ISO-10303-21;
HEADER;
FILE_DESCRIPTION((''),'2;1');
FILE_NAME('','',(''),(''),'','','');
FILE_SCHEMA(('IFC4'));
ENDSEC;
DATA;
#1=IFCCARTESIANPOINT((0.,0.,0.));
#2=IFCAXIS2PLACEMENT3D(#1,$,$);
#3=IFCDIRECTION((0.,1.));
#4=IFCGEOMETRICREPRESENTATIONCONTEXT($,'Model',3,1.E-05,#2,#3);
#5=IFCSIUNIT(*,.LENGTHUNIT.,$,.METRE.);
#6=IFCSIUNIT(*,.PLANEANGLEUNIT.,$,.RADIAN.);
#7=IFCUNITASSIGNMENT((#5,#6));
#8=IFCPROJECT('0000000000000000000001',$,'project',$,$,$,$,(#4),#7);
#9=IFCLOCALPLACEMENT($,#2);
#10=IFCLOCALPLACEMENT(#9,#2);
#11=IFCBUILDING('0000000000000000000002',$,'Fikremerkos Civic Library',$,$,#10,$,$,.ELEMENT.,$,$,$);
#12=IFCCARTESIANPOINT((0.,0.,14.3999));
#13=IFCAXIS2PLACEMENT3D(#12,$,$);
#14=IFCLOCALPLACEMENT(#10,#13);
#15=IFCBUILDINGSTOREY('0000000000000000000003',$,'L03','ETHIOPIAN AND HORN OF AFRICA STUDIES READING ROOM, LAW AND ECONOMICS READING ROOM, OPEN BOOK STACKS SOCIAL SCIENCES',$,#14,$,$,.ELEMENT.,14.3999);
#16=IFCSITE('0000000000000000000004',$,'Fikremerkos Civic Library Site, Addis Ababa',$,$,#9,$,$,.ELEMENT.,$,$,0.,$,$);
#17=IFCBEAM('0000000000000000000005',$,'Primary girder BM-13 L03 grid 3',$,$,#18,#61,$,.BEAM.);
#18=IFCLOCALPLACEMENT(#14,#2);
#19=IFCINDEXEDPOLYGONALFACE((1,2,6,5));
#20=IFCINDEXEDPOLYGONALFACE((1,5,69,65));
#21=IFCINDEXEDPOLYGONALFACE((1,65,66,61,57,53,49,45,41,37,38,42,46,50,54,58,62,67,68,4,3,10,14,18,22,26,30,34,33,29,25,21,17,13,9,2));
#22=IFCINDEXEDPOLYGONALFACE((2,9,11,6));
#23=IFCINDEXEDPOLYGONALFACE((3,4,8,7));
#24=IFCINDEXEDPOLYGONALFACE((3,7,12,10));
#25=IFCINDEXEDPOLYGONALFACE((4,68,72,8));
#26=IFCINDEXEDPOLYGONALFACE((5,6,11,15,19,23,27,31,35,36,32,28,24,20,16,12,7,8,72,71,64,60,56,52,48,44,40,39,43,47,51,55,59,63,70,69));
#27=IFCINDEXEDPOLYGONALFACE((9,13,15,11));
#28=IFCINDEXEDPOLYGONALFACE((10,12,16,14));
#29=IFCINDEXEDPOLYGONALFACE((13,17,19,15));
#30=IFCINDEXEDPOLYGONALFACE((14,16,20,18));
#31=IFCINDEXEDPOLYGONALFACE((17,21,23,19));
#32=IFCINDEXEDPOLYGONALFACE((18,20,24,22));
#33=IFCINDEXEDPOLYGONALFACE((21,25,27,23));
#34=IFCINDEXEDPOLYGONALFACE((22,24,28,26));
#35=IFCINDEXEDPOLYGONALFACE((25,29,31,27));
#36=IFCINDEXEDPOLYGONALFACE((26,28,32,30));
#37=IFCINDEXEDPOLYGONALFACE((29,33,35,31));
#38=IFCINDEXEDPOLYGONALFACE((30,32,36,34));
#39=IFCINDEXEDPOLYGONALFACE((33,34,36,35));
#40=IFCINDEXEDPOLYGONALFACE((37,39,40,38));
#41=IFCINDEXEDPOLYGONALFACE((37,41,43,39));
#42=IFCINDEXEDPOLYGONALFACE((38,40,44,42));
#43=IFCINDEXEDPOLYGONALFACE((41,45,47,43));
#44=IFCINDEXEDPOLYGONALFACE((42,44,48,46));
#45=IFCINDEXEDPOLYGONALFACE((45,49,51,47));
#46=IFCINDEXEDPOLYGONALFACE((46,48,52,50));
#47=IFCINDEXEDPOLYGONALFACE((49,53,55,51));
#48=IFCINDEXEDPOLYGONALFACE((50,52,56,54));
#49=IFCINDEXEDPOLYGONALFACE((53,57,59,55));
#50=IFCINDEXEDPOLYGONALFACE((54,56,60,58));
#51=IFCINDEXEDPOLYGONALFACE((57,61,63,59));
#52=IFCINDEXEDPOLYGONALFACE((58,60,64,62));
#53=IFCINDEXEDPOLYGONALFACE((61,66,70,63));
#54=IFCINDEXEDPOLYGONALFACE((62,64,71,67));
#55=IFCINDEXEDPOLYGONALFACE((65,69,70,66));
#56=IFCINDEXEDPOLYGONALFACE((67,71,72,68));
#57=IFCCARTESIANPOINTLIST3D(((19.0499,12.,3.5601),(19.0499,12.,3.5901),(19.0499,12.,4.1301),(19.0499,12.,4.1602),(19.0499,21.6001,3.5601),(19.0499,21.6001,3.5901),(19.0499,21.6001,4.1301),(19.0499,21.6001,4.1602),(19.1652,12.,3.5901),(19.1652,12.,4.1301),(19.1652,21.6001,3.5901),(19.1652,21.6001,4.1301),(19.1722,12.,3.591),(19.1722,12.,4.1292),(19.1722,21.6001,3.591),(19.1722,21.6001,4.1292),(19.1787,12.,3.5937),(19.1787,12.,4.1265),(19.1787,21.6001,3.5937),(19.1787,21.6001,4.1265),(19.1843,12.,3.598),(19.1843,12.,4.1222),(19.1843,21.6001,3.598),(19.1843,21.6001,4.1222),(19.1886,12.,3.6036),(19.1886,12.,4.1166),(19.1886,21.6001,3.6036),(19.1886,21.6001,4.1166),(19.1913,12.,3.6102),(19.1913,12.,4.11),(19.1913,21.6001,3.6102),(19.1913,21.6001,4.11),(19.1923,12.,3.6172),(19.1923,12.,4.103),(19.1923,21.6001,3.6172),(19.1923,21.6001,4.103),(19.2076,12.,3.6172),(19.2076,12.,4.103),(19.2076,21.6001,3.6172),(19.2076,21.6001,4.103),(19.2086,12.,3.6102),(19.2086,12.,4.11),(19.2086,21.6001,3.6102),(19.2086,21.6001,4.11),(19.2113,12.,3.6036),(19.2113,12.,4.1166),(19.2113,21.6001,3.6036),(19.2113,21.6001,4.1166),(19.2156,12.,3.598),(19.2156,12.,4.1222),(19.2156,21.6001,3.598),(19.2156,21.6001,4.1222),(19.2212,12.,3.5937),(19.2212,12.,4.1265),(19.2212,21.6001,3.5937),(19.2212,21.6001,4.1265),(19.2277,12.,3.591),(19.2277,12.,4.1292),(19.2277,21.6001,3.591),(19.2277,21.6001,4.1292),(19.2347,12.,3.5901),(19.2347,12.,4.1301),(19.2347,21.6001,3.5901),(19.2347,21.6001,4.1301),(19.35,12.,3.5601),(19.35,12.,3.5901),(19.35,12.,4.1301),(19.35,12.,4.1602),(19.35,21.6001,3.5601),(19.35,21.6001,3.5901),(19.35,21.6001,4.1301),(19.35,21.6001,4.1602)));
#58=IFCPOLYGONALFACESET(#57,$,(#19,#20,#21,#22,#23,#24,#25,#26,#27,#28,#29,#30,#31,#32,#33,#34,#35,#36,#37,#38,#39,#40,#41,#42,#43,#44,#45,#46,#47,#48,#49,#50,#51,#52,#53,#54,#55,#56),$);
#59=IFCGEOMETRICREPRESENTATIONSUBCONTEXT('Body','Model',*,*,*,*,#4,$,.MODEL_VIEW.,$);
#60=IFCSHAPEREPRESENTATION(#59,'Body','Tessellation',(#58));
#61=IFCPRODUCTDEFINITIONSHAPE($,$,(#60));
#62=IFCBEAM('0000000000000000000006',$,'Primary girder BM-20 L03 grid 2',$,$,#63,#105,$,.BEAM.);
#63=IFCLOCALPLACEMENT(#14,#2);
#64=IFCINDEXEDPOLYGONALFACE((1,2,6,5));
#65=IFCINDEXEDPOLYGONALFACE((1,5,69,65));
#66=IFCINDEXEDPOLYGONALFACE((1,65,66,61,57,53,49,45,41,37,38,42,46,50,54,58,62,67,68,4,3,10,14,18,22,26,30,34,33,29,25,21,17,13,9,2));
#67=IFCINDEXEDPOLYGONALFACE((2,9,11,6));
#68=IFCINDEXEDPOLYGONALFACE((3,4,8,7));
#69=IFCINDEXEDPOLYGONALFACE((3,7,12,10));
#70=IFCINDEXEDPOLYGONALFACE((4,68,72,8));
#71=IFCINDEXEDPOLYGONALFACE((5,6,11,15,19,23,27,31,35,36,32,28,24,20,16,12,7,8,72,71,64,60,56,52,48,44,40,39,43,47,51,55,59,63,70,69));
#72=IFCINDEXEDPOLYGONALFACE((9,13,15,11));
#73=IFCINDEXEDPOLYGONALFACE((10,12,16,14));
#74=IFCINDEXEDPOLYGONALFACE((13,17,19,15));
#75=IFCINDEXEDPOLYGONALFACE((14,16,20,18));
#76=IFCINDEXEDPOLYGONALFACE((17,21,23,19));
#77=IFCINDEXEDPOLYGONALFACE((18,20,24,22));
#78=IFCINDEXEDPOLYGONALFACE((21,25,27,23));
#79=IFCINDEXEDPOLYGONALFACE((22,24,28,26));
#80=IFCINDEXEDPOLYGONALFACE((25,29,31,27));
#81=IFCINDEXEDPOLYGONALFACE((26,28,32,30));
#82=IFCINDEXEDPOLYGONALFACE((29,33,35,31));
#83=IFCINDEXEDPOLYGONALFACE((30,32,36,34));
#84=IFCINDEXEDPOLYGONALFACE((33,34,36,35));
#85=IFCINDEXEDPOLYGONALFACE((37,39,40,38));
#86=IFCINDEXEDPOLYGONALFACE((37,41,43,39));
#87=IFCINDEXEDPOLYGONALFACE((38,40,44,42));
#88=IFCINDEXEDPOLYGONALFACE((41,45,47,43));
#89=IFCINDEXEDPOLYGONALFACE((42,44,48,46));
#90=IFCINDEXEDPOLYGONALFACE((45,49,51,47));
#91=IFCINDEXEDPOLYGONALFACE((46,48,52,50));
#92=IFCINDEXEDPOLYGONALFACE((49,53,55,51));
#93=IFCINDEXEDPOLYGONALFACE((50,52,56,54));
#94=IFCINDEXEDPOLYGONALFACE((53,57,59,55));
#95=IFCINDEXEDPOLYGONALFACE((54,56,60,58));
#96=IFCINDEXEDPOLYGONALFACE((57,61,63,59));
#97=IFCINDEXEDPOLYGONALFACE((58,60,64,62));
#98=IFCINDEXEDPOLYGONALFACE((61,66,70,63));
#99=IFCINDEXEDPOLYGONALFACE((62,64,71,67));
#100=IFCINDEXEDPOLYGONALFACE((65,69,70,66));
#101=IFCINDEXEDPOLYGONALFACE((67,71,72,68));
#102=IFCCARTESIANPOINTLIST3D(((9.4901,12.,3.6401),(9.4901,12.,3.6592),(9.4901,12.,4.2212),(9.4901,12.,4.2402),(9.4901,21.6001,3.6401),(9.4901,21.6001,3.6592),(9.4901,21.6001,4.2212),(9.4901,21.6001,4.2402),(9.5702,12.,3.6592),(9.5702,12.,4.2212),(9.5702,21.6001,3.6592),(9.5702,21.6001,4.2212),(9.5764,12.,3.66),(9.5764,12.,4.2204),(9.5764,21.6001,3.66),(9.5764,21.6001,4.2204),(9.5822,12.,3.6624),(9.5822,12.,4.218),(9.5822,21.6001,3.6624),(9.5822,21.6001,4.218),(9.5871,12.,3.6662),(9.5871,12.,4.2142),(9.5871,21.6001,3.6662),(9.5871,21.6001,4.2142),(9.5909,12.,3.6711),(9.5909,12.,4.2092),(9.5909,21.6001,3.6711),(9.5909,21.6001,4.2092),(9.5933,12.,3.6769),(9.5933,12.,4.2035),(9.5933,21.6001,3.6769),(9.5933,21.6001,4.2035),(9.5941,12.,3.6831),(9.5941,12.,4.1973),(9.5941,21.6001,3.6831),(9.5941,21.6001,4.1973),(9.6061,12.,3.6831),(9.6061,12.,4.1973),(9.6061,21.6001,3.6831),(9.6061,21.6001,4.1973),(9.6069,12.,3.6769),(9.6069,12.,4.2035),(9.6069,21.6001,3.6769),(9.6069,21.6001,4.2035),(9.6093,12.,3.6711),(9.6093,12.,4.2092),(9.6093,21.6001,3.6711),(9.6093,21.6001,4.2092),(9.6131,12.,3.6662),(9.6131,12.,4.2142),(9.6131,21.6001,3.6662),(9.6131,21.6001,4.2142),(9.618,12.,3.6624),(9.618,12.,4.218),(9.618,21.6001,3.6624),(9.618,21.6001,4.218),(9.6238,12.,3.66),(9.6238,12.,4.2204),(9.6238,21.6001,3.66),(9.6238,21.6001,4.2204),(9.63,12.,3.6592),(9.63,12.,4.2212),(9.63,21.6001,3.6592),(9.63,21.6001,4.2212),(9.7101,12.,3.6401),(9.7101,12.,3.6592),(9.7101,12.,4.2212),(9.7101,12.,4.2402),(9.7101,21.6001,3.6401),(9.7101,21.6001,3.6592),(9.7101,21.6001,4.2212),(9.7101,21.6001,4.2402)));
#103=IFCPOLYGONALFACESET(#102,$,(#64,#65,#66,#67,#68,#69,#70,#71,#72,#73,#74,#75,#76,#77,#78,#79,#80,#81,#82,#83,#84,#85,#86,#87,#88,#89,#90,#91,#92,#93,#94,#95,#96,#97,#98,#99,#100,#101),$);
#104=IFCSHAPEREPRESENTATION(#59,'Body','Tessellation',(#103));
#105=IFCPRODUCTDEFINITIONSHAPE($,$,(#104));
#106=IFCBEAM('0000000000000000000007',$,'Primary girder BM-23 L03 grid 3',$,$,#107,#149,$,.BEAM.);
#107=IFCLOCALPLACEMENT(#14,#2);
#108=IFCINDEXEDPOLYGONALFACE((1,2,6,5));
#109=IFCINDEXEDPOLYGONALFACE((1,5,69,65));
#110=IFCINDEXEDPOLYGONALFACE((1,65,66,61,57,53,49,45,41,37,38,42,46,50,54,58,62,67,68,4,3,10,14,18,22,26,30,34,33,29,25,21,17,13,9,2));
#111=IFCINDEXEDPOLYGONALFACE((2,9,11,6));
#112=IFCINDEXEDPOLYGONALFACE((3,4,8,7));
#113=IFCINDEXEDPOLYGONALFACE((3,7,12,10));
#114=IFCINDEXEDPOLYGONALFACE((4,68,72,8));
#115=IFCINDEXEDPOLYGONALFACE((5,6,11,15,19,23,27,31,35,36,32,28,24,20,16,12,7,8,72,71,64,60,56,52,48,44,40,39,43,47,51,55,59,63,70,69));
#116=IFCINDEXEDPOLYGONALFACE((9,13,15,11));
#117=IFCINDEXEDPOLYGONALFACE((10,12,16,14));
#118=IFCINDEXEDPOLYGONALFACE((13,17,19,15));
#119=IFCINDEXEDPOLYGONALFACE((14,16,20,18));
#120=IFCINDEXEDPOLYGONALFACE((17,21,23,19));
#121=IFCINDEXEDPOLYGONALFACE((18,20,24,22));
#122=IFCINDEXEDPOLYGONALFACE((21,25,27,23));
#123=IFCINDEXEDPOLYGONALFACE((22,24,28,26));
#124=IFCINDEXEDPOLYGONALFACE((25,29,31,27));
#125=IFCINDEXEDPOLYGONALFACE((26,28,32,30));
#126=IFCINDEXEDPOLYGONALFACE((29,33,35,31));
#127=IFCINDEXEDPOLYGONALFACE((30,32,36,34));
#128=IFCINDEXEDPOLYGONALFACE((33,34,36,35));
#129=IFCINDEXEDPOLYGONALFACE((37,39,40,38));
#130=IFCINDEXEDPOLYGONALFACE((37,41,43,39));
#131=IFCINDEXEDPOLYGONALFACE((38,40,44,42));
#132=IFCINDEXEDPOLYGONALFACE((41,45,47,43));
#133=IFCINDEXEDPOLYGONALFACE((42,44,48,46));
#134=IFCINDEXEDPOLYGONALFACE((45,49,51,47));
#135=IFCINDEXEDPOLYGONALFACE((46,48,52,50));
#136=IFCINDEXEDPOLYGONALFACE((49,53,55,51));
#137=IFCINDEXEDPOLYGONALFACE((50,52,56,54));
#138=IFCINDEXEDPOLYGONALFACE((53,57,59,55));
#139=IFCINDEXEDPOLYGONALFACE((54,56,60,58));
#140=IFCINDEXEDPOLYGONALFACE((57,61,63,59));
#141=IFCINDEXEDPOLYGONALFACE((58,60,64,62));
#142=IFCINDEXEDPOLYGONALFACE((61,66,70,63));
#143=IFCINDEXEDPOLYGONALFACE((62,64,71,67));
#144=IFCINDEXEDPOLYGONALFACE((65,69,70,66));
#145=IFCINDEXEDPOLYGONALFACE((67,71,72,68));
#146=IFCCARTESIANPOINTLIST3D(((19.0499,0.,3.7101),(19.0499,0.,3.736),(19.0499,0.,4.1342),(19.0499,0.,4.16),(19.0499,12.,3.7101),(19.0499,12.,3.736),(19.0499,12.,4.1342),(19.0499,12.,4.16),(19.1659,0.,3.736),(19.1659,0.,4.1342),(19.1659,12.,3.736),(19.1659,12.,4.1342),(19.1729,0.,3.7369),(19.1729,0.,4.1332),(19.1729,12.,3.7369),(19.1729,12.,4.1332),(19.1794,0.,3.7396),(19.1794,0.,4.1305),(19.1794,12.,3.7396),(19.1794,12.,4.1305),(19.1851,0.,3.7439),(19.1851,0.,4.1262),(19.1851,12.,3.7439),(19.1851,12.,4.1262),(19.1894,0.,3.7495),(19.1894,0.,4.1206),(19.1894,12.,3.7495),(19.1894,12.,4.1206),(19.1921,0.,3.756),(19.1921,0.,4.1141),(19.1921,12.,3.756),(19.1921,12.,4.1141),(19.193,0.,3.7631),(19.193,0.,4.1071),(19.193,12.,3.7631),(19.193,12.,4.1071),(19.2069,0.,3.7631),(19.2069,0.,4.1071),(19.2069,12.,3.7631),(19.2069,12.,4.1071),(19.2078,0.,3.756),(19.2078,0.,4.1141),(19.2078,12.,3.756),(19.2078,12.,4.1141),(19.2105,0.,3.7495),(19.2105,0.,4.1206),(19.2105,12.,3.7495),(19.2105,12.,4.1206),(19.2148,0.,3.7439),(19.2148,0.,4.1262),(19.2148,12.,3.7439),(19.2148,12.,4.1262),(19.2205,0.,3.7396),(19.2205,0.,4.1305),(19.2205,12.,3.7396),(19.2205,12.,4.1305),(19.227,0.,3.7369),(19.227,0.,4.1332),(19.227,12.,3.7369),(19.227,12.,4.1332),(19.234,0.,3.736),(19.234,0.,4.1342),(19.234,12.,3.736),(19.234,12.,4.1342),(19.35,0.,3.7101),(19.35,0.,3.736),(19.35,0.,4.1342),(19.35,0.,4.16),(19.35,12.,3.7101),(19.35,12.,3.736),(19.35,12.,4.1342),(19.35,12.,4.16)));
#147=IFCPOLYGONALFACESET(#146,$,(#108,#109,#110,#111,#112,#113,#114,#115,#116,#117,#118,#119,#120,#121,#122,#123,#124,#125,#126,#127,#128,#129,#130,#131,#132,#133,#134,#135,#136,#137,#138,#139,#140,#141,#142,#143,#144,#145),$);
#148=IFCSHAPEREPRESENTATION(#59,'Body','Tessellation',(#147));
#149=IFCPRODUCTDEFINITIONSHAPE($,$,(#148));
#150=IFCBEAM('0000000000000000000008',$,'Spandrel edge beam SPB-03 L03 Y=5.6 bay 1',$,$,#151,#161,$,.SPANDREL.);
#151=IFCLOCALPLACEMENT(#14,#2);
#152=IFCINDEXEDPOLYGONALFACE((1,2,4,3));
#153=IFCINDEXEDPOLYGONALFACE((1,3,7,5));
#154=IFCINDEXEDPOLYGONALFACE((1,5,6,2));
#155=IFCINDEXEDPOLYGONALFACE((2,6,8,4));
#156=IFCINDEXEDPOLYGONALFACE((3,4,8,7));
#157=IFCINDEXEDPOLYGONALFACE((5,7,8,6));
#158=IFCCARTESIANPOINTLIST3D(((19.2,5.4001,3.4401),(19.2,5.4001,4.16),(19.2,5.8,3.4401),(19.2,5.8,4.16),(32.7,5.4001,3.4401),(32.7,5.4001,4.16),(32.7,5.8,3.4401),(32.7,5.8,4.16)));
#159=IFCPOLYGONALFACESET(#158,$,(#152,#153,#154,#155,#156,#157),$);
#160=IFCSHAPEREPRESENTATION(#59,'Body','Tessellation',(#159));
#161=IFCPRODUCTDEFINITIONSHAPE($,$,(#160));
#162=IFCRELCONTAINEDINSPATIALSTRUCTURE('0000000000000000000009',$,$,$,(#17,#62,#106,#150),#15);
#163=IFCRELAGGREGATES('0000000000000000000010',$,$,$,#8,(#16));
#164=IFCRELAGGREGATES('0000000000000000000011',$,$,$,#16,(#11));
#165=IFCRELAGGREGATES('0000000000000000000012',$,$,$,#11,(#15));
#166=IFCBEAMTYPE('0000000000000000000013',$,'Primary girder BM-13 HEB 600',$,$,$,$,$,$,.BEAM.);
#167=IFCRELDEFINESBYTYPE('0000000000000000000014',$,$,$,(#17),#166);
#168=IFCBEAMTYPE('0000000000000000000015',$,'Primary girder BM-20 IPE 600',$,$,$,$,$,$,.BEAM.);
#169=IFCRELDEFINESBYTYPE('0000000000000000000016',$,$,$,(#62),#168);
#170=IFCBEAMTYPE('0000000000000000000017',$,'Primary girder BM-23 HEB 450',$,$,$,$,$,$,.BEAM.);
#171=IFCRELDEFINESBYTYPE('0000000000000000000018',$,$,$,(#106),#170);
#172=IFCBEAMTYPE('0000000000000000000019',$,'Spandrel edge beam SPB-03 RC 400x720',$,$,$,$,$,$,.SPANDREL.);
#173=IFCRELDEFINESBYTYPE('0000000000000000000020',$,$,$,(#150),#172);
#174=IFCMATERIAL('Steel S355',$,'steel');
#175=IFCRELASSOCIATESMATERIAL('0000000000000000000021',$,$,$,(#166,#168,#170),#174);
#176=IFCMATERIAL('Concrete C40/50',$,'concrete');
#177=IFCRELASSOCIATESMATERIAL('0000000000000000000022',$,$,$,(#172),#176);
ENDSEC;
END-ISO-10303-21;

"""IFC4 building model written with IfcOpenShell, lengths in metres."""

from ifc_helpers import new_model, si_unit, direction, frame, origin, origin_2d, place, context, subcontext, project, spatial, rectangle, i_section, extrude, material, material_profile, profile_set, type_object, element, save


model = new_model("IFC4")

# Units and contexts
model_context = context("Model", 3, precision=1e-05, world=origin(), true_north=direction((0.0, 1.0)))
body_context = subcontext(model_context, "Body", "Model", "MODEL_VIEW")
ifc_project = project(units=[si_unit("LENGTHUNIT", "METRE"), si_unit("PLANEANGLEUNIT", "RADIAN")], contexts=[model_context])

# Site, building, storey
site_placement = place(None, origin())
site = spatial("IfcSite", under=ifc_project, at=site_placement, Name="Fikremerkos Civic Library Site, Addis Ababa", CompositionType="ELEMENT", RefElevation=0.0)
building_placement = place(site_placement, origin())
building = spatial("IfcBuilding", under=site, at=building_placement, Name="Fikremerkos Civic Library", CompositionType="ELEMENT")
storey_placement = place(building_placement, frame((0.0, 0.0, 14.3999)))
storey = spatial("IfcBuildingStorey", under=building, at=storey_placement, Name="L03", Description="ETHIOPIAN AND HORN OF AFRICA STUDIES READING ROOM, LAW AND ECONOMICS READING ROOM, OPEN BOOK STACKS SOCIAL SCIENCES", CompositionType="ELEMENT", Elevation=14.3999)

# Shared definitions
ifc_material_1 = material(Name="Concrete C40/50", Category="concrete")
ifc_material_2 = material(Name="Steel S355", Category="steel")

# Beams
ifc_material_profile_1 = material_profile(ifc_material_2, i_section(OverallWidth=0.3, OverallDepth=0.6001, WebThickness=0.0154, FlangeThickness=0.03, FilletRadius=0.0271, at=origin_2d()), Name="HEB 600")
ifc_profile_set_1 = profile_set([ifc_material_profile_1], Name="Steel S355")
beam_type_1 = type_object("IfcBeamType", Name="Primary girder BM-13 HEB 600", PredefinedType="BEAM", material=ifc_profile_set_1)
beam_1_placement = place(storey_placement, frame((19.2, 12.0, 3.8601), z_axis=(0.0, 1.0, 0.0), x_axis=(-1.0, 0.0, 0.0)))
element("IfcBeam", 1, at=beam_1_placement, inside=storey, type_object=beam_type_1, Name="Primary girder BM-13 L03 grid 3", PredefinedType="BEAM", context=body_context, shape_type="SweptSolid", body=[
    extrude(i_section(OverallWidth=0.3, OverallDepth=0.6001, WebThickness=0.0154, FlangeThickness=0.03, FilletRadius=0.0271, at=origin_2d()), origin(), (0.0, 0.0, 1.0), 9.6001),
])
ifc_material_profile_2 = material_profile(ifc_material_2, i_section(OverallWidth=0.22, OverallDepth=0.6001, WebThickness=0.012, FlangeThickness=0.019, FilletRadius=0.0239, at=origin_2d()), Name="IPE 600")
ifc_profile_set_2 = profile_set([ifc_material_profile_2], Name="Steel S355")
beam_type_2 = type_object("IfcBeamType", Name="Primary girder BM-20 IPE 600", PredefinedType="BEAM", material=ifc_profile_set_2)
beam_2_placement = place(storey_placement, frame((9.6001, 12.0, 3.9402), z_axis=(0.0, 1.0, 0.0), x_axis=(-1.0, 0.0, 0.0)))
element("IfcBeam", 2, at=beam_2_placement, inside=storey, type_object=beam_type_2, Name="Primary girder BM-20 L03 grid 2", PredefinedType="BEAM", context=body_context, shape_type="SweptSolid", body=[
    extrude(i_section(OverallWidth=0.22, OverallDepth=0.6001, WebThickness=0.012, FlangeThickness=0.019, FilletRadius=0.0239, at=origin_2d()), origin(), (0.0, 0.0, 1.0), 9.6001),
])
ifc_material_profile_3 = material_profile(ifc_material_2, i_section(OverallWidth=0.3, OverallDepth=0.45, WebThickness=0.0139, FlangeThickness=0.0259, FilletRadius=0.0271, at=origin_2d()), Name="HEB 450")
ifc_profile_set_3 = profile_set([ifc_material_profile_3], Name="Steel S355")
beam_type_3 = type_object("IfcBeamType", Name="Primary girder BM-23 HEB 450", PredefinedType="BEAM", material=ifc_profile_set_3)
beam_3_placement = place(storey_placement, frame((19.2, 0.0, 3.9351), z_axis=(0.0, 1.0, 0.0), x_axis=(-1.0, 0.0, 0.0)))
element("IfcBeam", 3, at=beam_3_placement, inside=storey, type_object=beam_type_3, Name="Primary girder BM-23 L03 grid 3", PredefinedType="BEAM", context=body_context, shape_type="SweptSolid", body=[
    extrude(i_section(OverallWidth=0.3, OverallDepth=0.45, WebThickness=0.0139, FlangeThickness=0.0259, FilletRadius=0.0271, at=origin_2d()), origin(), (0.0, 0.0, 1.0), 12.0),
])
ifc_material_profile_4 = material_profile(ifc_material_1, rectangle(XDim=0.3999, YDim=0.72, at=origin_2d()), Name="RC 400x720")
ifc_profile_set_4 = profile_set([ifc_material_profile_4], Name="Concrete C40/50")
beam_type_4 = type_object("IfcBeamType", Name="Spandrel edge beam SPB-03 RC 400x720", PredefinedType="SPANDREL", material=ifc_profile_set_4)
beam_4_placement = place(storey_placement, frame((19.2, 5.6001, 3.8), z_axis=(1.0, 0.0, 0.0), x_axis=(0.0, 1.0, 0.0)))
element("IfcBeam", 4, at=beam_4_placement, inside=storey, type_object=beam_type_4, Name="Spandrel edge beam SPB-03 L03 Y=5.6 bay 1", PredefinedType="SPANDREL", context=body_context, shape_type="SweptSolid", body=[
    extrude(rectangle(XDim=0.3999, YDim=0.72, at=origin_2d()), origin(), (0.0, 0.0, 1.0), 13.5),
])

save(model, "model.ifc")
